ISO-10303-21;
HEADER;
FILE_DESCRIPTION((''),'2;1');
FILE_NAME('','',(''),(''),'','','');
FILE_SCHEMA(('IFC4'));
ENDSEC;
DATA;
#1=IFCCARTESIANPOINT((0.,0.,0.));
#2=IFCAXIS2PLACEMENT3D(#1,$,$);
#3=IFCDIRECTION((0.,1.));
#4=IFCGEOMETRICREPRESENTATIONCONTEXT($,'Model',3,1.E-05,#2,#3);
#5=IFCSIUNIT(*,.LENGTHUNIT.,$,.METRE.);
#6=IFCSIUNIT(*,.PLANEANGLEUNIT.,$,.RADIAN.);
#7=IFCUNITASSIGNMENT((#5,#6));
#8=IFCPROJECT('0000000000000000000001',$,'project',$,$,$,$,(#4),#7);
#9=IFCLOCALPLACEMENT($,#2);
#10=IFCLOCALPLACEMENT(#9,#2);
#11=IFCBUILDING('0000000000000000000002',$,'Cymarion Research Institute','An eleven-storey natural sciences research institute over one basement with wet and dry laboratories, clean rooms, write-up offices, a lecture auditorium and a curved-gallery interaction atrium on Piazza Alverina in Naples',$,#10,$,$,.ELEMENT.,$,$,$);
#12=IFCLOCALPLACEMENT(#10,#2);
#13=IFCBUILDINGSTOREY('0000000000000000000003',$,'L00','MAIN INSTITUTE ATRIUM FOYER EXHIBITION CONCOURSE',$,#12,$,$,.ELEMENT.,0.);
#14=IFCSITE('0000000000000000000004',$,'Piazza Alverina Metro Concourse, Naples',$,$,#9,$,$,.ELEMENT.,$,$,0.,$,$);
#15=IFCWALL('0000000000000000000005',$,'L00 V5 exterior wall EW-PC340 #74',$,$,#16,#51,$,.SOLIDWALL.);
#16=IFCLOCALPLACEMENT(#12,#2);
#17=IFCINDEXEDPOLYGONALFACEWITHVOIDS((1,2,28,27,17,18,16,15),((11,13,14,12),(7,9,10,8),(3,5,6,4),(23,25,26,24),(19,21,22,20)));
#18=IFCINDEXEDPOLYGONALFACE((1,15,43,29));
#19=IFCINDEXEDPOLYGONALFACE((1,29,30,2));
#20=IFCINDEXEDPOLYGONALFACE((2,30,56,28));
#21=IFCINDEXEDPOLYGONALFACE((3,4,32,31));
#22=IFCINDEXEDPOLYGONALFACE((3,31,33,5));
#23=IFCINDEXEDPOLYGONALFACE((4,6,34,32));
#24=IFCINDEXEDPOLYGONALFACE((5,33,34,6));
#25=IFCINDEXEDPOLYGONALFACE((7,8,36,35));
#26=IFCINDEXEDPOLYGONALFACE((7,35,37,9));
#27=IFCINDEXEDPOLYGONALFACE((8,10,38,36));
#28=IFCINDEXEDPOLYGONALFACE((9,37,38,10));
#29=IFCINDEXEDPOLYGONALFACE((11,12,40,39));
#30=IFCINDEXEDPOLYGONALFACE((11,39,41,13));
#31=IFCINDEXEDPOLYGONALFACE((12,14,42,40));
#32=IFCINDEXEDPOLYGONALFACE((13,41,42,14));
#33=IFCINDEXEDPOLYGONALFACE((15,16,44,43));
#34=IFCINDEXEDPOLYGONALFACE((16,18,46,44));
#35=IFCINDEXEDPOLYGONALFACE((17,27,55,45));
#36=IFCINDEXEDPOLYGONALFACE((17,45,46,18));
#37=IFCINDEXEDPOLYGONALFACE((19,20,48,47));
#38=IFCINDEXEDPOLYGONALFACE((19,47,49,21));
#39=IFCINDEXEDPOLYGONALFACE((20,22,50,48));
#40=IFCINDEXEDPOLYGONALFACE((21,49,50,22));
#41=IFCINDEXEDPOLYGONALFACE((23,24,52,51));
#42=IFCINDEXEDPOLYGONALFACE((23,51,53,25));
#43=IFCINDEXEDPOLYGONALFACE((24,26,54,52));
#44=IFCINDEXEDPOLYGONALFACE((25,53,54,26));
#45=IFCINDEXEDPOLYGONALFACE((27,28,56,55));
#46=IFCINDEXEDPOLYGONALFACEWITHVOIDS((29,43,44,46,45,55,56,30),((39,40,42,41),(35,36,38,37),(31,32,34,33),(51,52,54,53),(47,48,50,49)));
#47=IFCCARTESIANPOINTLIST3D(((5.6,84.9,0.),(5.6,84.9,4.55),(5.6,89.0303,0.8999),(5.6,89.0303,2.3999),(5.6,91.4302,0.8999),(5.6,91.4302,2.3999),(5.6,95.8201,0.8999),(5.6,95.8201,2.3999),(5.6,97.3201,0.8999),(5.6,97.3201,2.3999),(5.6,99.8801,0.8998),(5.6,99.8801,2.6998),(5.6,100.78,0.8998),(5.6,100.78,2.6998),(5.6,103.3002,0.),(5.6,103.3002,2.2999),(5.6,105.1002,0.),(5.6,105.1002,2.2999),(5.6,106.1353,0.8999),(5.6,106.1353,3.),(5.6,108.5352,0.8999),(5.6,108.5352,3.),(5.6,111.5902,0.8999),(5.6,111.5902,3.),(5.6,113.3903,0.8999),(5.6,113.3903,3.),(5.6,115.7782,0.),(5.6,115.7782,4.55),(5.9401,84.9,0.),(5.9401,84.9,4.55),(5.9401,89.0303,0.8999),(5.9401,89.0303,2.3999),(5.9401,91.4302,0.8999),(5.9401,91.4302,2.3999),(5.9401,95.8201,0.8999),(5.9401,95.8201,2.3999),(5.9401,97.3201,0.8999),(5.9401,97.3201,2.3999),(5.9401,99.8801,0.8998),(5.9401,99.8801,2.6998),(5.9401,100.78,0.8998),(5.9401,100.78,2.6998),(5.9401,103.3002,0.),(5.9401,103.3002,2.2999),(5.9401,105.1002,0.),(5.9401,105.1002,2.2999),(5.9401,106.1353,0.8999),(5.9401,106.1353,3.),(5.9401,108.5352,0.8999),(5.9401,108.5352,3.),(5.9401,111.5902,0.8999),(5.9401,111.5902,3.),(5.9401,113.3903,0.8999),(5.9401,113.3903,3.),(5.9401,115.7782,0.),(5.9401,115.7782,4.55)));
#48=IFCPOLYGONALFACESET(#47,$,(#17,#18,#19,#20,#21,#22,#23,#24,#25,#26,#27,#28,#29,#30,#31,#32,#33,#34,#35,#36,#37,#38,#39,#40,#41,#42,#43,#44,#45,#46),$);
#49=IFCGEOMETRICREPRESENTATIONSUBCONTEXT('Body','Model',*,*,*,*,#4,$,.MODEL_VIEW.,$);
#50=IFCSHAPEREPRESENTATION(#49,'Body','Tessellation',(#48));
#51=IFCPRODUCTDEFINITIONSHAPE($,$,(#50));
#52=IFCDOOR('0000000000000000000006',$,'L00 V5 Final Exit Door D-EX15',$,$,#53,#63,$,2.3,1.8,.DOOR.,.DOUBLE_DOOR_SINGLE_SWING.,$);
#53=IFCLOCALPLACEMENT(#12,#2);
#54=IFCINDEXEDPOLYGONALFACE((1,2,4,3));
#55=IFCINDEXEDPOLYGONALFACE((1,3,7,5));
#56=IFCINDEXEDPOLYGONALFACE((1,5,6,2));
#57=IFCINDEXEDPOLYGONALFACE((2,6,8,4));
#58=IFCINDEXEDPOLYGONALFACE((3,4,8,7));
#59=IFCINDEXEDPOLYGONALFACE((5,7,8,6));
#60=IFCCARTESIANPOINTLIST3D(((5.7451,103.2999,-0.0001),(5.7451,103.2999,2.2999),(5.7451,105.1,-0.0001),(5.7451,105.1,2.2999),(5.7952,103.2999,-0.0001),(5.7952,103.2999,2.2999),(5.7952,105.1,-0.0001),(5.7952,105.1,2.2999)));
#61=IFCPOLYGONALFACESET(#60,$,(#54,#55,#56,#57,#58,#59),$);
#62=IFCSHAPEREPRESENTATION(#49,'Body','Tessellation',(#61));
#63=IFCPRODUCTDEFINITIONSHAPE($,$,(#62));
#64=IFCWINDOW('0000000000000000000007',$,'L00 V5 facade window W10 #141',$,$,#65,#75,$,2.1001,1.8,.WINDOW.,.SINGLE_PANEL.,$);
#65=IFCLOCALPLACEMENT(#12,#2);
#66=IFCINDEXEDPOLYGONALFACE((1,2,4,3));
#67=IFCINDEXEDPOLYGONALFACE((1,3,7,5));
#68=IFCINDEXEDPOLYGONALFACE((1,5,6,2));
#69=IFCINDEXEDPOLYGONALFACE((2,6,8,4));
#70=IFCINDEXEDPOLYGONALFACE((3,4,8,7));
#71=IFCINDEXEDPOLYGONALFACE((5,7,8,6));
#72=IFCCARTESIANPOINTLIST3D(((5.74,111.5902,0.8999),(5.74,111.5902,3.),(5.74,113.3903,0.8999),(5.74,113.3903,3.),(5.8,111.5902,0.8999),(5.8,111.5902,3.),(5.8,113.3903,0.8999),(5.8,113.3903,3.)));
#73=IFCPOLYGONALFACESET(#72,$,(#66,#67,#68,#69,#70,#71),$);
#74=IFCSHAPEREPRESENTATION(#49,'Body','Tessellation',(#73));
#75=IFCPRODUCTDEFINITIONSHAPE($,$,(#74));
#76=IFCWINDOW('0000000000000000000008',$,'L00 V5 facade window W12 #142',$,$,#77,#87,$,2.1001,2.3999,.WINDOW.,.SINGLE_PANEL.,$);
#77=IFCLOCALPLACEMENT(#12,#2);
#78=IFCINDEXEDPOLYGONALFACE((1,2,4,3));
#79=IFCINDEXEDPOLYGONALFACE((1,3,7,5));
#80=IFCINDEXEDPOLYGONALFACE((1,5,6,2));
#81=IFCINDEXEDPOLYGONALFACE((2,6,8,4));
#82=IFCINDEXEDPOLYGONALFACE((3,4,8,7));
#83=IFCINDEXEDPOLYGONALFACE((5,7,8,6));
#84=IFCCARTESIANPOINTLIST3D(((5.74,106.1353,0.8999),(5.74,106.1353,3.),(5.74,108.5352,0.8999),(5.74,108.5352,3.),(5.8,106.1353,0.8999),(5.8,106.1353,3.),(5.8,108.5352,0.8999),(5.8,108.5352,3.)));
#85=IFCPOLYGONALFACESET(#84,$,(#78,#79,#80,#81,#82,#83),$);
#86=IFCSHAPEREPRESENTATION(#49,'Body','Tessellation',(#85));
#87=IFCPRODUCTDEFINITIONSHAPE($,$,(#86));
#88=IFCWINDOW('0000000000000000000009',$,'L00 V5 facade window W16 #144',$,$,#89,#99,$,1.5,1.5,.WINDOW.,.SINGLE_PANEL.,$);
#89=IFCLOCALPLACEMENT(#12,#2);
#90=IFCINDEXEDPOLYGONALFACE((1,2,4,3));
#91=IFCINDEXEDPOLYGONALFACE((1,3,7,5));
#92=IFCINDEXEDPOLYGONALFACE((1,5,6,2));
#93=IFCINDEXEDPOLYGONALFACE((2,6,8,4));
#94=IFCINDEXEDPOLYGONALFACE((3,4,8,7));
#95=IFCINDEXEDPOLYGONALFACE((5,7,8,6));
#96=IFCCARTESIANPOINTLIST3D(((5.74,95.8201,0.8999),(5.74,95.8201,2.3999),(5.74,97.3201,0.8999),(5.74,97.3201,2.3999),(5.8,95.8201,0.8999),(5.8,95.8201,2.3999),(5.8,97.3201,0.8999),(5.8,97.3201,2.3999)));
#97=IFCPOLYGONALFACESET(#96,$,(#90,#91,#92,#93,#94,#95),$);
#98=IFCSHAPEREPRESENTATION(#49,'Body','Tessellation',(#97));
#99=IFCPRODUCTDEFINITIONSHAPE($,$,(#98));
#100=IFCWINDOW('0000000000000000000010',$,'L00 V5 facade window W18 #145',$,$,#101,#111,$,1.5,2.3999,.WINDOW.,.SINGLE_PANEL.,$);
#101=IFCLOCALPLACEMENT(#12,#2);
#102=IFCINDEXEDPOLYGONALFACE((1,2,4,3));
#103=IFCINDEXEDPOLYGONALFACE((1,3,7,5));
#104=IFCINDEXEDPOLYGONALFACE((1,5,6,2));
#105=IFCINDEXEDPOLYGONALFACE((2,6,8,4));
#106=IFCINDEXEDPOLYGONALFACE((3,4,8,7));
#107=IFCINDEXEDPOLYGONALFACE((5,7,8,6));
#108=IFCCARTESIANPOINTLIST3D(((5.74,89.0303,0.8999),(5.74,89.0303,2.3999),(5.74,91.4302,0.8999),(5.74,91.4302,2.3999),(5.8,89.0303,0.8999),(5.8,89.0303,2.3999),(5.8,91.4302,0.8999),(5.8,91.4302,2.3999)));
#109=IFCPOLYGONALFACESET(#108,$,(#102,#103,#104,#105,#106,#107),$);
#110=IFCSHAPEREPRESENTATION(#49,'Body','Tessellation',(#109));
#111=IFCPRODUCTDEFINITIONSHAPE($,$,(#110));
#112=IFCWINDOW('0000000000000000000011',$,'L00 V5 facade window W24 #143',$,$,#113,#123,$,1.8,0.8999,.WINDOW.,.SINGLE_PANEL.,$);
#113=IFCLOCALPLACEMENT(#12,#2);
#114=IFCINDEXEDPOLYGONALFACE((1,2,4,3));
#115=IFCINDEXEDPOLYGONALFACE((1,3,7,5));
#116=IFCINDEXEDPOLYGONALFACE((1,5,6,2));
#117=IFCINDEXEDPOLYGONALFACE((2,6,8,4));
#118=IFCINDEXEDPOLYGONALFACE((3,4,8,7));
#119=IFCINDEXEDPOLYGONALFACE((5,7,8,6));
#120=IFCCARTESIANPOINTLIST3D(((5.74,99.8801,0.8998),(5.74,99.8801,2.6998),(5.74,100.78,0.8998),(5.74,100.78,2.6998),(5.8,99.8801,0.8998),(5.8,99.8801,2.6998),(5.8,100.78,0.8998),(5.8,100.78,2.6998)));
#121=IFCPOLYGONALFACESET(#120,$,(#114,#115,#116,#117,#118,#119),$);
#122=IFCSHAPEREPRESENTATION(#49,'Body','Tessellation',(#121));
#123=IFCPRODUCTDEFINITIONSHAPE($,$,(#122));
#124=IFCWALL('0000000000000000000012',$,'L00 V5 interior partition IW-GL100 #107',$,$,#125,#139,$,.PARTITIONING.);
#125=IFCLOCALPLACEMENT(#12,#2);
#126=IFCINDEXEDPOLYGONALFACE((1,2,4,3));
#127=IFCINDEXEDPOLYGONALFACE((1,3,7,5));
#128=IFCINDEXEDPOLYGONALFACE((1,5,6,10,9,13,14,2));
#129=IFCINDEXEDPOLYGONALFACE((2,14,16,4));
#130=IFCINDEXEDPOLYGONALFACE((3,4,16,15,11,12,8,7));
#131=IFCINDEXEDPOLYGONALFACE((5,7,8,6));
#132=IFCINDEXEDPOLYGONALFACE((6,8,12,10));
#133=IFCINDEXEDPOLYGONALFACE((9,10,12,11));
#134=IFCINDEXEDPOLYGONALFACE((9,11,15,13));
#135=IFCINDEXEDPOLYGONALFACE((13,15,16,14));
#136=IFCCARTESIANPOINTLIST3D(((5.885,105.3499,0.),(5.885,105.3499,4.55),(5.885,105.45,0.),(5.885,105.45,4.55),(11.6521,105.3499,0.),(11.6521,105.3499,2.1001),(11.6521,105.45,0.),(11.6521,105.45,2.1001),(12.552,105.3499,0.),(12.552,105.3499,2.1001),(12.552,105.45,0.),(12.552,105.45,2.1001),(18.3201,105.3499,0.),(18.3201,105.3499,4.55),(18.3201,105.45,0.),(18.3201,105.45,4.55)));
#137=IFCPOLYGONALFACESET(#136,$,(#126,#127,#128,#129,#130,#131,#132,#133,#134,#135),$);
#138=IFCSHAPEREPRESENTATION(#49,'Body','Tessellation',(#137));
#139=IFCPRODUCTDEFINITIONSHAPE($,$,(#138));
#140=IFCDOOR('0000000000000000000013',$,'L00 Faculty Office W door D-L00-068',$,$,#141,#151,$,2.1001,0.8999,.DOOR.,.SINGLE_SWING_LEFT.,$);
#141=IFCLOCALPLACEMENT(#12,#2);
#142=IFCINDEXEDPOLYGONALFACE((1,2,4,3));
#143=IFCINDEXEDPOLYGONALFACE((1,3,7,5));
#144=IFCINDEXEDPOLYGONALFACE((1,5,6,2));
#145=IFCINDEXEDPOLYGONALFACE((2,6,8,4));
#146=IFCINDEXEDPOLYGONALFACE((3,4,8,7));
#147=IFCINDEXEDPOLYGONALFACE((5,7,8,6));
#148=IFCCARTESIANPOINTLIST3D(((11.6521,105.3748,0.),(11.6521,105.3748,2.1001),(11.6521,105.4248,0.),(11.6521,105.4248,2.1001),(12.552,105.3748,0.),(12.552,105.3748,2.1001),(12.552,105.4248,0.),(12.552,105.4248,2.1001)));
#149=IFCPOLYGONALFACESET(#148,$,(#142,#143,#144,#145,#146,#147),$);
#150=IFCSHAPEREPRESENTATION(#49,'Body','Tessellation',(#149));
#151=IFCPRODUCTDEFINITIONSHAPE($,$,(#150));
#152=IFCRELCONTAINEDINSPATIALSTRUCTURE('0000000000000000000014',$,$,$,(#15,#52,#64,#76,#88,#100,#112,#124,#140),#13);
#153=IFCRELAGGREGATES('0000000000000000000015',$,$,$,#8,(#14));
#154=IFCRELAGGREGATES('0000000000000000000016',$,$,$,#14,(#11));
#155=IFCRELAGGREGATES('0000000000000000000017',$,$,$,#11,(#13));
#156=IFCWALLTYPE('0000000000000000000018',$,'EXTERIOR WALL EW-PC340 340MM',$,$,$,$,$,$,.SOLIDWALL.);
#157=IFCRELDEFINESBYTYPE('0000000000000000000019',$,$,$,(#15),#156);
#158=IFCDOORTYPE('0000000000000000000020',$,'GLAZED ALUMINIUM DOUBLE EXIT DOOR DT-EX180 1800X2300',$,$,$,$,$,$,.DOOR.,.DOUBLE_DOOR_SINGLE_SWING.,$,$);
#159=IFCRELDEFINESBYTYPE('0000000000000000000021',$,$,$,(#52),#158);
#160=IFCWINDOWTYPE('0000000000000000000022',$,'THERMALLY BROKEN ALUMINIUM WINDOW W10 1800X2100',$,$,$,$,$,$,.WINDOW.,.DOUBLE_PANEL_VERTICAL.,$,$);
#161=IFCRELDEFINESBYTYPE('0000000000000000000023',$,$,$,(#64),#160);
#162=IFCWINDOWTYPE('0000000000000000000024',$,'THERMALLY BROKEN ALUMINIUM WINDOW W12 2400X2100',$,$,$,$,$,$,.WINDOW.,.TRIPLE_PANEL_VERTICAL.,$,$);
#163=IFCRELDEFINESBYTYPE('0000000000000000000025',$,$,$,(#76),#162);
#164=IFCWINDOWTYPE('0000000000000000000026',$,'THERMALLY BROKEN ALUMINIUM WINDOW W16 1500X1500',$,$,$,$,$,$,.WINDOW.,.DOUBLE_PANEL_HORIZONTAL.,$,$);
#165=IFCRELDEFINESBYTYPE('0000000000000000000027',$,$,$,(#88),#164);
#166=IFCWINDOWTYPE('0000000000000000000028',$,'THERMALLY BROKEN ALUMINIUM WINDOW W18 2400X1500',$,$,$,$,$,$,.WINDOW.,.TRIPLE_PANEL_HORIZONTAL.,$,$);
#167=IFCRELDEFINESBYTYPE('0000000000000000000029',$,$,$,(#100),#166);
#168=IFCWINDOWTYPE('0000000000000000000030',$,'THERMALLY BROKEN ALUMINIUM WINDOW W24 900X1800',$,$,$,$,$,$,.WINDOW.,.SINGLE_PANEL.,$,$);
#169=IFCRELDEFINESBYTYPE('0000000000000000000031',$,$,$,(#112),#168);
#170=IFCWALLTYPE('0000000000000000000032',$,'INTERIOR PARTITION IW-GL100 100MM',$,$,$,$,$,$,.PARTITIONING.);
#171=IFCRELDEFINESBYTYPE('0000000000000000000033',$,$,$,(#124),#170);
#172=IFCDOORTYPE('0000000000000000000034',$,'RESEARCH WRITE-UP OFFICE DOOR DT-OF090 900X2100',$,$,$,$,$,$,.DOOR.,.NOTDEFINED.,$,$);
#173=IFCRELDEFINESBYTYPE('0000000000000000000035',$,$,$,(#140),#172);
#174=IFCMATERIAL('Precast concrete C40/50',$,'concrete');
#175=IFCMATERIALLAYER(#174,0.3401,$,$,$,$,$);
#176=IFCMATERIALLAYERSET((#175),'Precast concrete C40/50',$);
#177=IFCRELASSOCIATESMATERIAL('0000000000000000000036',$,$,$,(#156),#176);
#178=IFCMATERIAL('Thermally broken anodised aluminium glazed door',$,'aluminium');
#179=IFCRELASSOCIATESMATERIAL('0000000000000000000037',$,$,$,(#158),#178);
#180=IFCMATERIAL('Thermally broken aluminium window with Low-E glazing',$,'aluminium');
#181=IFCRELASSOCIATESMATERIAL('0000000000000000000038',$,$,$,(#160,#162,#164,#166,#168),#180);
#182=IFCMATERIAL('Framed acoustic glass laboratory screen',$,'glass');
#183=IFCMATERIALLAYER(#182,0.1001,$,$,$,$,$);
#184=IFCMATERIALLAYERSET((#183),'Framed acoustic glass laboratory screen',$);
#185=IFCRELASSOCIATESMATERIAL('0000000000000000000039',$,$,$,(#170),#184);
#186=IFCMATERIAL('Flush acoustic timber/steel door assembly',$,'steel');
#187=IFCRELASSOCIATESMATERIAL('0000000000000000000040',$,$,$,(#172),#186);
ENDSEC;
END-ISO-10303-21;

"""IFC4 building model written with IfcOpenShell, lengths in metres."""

from ifc_helpers import new_model, si_unit, direction, frame, frame_2d, origin, place, context, subcontext, project, spatial, rectangle, extrude, material, layer, layer_set, type_object, element, fill, save


model = new_model("IFC4")

# Units and contexts
model_context = context("Model", 3, precision=1e-05, world=origin(), true_north=direction((0.0, 1.0)))
body_context = subcontext(model_context, "Body", "Model", "MODEL_VIEW")
ifc_project = project(units=[si_unit("LENGTHUNIT", "METRE"), si_unit("PLANEANGLEUNIT", "RADIAN")], contexts=[model_context])

# Site, building, storey
site_placement = place(None, origin())
site = spatial("IfcSite", under=ifc_project, at=site_placement, Name="Piazza Alverina Metro Concourse, Naples", CompositionType="ELEMENT", RefElevation=0.0)
building_placement = place(site_placement, origin())
building = spatial("IfcBuilding", under=site, at=building_placement, Name="Cymarion Research Institute", Description="An eleven-storey natural sciences research institute over one basement with wet and dry laboratories, clean rooms, write-up offices, a lecture auditorium and a curved-gallery interaction atrium on Piazza Alverina in Naples", CompositionType="ELEMENT")
storey_placement = place(building_placement, origin())
storey = spatial("IfcBuildingStorey", under=building, at=storey_placement, Name="L00", Description="MAIN INSTITUTE ATRIUM FOYER EXHIBITION CONCOURSE", CompositionType="ELEMENT", Elevation=0.0)

# Wall, openings, door, windows
ifc_material_1 = material(Name="Precast concrete C40/50", Category="concrete")
ifc_layer_1 = layer(ifc_material_1, 0.3401)
ifc_layer_set_1 = layer_set([ifc_layer_1], Name="Precast concrete C40/50")
wall_type_1 = type_object("IfcWallType", Name="EXTERIOR WALL EW-PC340 340MM", PredefinedType="SOLIDWALL", material=ifc_layer_set_1)
wall_1_placement = place(storey_placement, frame((5.77, 115.7781, 0.0), z_axis=(0.0, 0.0, 1.0), x_axis=(0.0, -1.0, 0.0)))
wall_1 = element("IfcWall", 1, at=wall_1_placement, inside=storey, type_object=wall_type_1, Name="L00 V5 exterior wall EW-PC340 #74", PredefinedType="SOLIDWALL", context=body_context, shape_type="SweptSolid", body=[
    extrude(rectangle(XDim=30.8782, YDim=0.3401, at=frame_2d((15.439, 0.0))), origin(), (0.0, 0.0, 1.0), 4.55),
])
opening_1_placement = place(wall_1_placement, frame((10.678, 0.0, 0.0)))
opening_1 = element("IfcOpeningElement", 2, at=opening_1_placement, cuts=wall_1, PredefinedType="OPENING", context=body_context, shape_type="SweptSolid", body=[
    extrude(rectangle(XDim=1.8, YDim=2.3, at=frame_2d((0.8999, 1.1499))), frame((0.0, 0.1799, 0.0), z_axis=(0.0, -1.0, 0.0), x_axis=(1.0, 0.0, 0.0)), (0.0, 0.0, 1.0), 0.3601),
])
opening_2_placement = place(wall_1_placement, frame((2.3879, 0.0, 0.8999)))
opening_2 = element("IfcOpeningElement", 3, at=opening_2_placement, cuts=wall_1, PredefinedType="OPENING", context=body_context, shape_type="SweptSolid", body=[
    extrude(rectangle(XDim=1.8, YDim=2.1001, at=frame_2d((0.8999, 1.05))), frame((0.0, 0.1799, 0.0), z_axis=(0.0, -1.0, 0.0), x_axis=(1.0, 0.0, 0.0)), (0.0, 0.0, 1.0), 0.3601),
])
opening_3_placement = place(wall_1_placement, frame((7.2429, 0.0, 0.8999)))
opening_3 = element("IfcOpeningElement", 4, at=opening_3_placement, cuts=wall_1, PredefinedType="OPENING", context=body_context, shape_type="SweptSolid", body=[
    extrude(rectangle(XDim=2.3999, YDim=2.1001, at=frame_2d((1.2, 1.05))), frame((0.0, 0.1799, 0.0), z_axis=(0.0, -1.0, 0.0), x_axis=(1.0, 0.0, 0.0)), (0.0, 0.0, 1.0), 0.3601),
])
opening_4_placement = place(wall_1_placement, frame((14.998, 0.0, 0.8999)))
opening_4 = element("IfcOpeningElement", 5, at=opening_4_placement, cuts=wall_1, PredefinedType="OPENING", context=body_context, shape_type="SweptSolid", body=[
    extrude(rectangle(XDim=0.8999, YDim=1.8, at=frame_2d((0.45, 0.8999))), frame((0.0, 0.1799, 0.0), z_axis=(0.0, -1.0, 0.0), x_axis=(1.0, 0.0, 0.0)), (0.0, 0.0, 1.0), 0.3601),
])
opening_5_placement = place(wall_1_placement, frame((18.458, 0.0, 0.8999)))
opening_5 = element("IfcOpeningElement", 6, at=opening_5_placement, cuts=wall_1, PredefinedType="OPENING", context=body_context, shape_type="SweptSolid", body=[
    extrude(rectangle(XDim=1.5, YDim=1.5, at=frame_2d((0.75, 0.75))), frame((0.0, 0.1799, 0.0), z_axis=(0.0, -1.0, 0.0), x_axis=(1.0, 0.0, 0.0)), (0.0, 0.0, 1.0), 0.3601),
])
opening_6_placement = place(wall_1_placement, frame((24.3479, 0.0, 0.8999)))
opening_6 = element("IfcOpeningElement", 7, at=opening_6_placement, cuts=wall_1, PredefinedType="OPENING", context=body_context, shape_type="SweptSolid", body=[
    extrude(rectangle(XDim=2.3999, YDim=1.5, at=frame_2d((1.2, 0.75))), frame((0.0, 0.1799, 0.0), z_axis=(0.0, -1.0, 0.0), x_axis=(1.0, 0.0, 0.0)), (0.0, 0.0, 1.0), 0.3601),
])
ifc_material_2 = material(Name="Thermally broken anodised aluminium glazed door", Category="aluminium")
door_type_1 = type_object("IfcDoorType", Name="GLAZED ALUMINIUM DOUBLE EXIT DOOR DT-EX180 1800X2300", OperationType="DOUBLE_DOOR_SINGLE_SWING", PredefinedType="DOOR", material=ifc_material_2)
door_1_placement = place(opening_1_placement, frame((1.8, 0.0, 0.0), z_axis=(0.0, 0.0, 1.0), x_axis=(-1.0, 0.0, 0.0)))
door_1 = element("IfcDoor", 8, at=door_1_placement, inside=storey, type_object=door_type_1, Name="L00 V5 Final Exit Door D-EX15", OperationType="DOUBLE_DOOR_SINGLE_SWING", OverallHeight=2.3, OverallWidth=1.8, PredefinedType="DOOR", context=body_context, shape_type="SweptSolid", body=[
    extrude(rectangle(XDim=1.8, YDim=2.3, at=frame_2d((0.8999, 1.1499))), frame((0.0, 0.0249, 0.0), z_axis=(0.0, -1.0, 0.0), x_axis=(1.0, 0.0, 0.0)), (0.0, 0.0, 1.0), 0.05),
])
fill(opening_1, door_1)
ifc_material_3 = material(Name="Thermally broken aluminium window with Low-E glazing", Category="aluminium")
window_type_1 = type_object("IfcWindowType", Name="THERMALLY BROKEN ALUMINIUM WINDOW W10 1800X2100", PartitioningType="DOUBLE_PANEL_VERTICAL", PredefinedType="WINDOW", material=ifc_material_3)
window_1_placement = place(opening_2_placement, origin())
window_1 = element("IfcWindow", 9, at=window_1_placement, inside=storey, type_object=window_type_1, Name="L00 V5 facade window W10 #141", OverallHeight=2.1001, OverallWidth=1.8, PartitioningType="SINGLE_PANEL", PredefinedType="WINDOW", context=body_context, shape_type="SweptSolid", body=[
    extrude(rectangle(XDim=1.8, YDim=2.1001, at=frame_2d((0.8999, 1.05))), frame((0.0, 0.03, 0.0), z_axis=(0.0, -1.0, 0.0), x_axis=(1.0, 0.0, 0.0)), (0.0, 0.0, 1.0), 0.0601),
])
fill(opening_2, window_1)
window_type_2 = type_object("IfcWindowType", Name="THERMALLY BROKEN ALUMINIUM WINDOW W12 2400X2100", PartitioningType="TRIPLE_PANEL_VERTICAL", PredefinedType="WINDOW", material=ifc_material_3)
window_2_placement = place(opening_3_placement, origin())
window_2 = element("IfcWindow", 10, at=window_2_placement, inside=storey, type_object=window_type_2, Name="L00 V5 facade window W12 #142", OverallHeight=2.1001, OverallWidth=2.3999, PartitioningType="SINGLE_PANEL", PredefinedType="WINDOW", context=body_context, shape_type="SweptSolid", body=[
    extrude(rectangle(XDim=2.3999, YDim=2.1001, at=frame_2d((1.2, 1.05))), frame((0.0, 0.03, 0.0), z_axis=(0.0, -1.0, 0.0), x_axis=(1.0, 0.0, 0.0)), (0.0, 0.0, 1.0), 0.0601),
])
fill(opening_3, window_2)
window_type_3 = type_object("IfcWindowType", Name="THERMALLY BROKEN ALUMINIUM WINDOW W16 1500X1500", PartitioningType="DOUBLE_PANEL_HORIZONTAL", PredefinedType="WINDOW", material=ifc_material_3)
window_3_placement = place(opening_5_placement, origin())
window_3 = element("IfcWindow", 11, at=window_3_placement, inside=storey, type_object=window_type_3, Name="L00 V5 facade window W16 #144", OverallHeight=1.5, OverallWidth=1.5, PartitioningType="SINGLE_PANEL", PredefinedType="WINDOW", context=body_context, shape_type="SweptSolid", body=[
    extrude(rectangle(XDim=1.5, YDim=1.5, at=frame_2d((0.75, 0.75))), frame((0.0, 0.03, 0.0), z_axis=(0.0, -1.0, 0.0), x_axis=(1.0, 0.0, 0.0)), (0.0, 0.0, 1.0), 0.0601),
])
fill(opening_5, window_3)
window_type_4 = type_object("IfcWindowType", Name="THERMALLY BROKEN ALUMINIUM WINDOW W18 2400X1500", PartitioningType="TRIPLE_PANEL_HORIZONTAL", PredefinedType="WINDOW", material=ifc_material_3)
window_4_placement = place(opening_6_placement, origin())
window_4 = element("IfcWindow", 12, at=window_4_placement, inside=storey, type_object=window_type_4, Name="L00 V5 facade window W18 #145", OverallHeight=1.5, OverallWidth=2.3999, PartitioningType="SINGLE_PANEL", PredefinedType="WINDOW", context=body_context, shape_type="SweptSolid", body=[
    extrude(rectangle(XDim=2.3999, YDim=1.5, at=frame_2d((1.2, 0.75))), frame((0.0, 0.03, 0.0), z_axis=(0.0, -1.0, 0.0), x_axis=(1.0, 0.0, 0.0)), (0.0, 0.0, 1.0), 0.0601),
])
fill(opening_6, window_4)
window_type_5 = type_object("IfcWindowType", Name="THERMALLY BROKEN ALUMINIUM WINDOW W24 900X1800", PartitioningType="SINGLE_PANEL", PredefinedType="WINDOW", material=ifc_material_3)
window_5_placement = place(opening_4_placement, origin())
window_5 = element("IfcWindow", 13, at=window_5_placement, inside=storey, type_object=window_type_5, Name="L00 V5 facade window W24 #143", OverallHeight=1.8, OverallWidth=0.8999, PartitioningType="SINGLE_PANEL", PredefinedType="WINDOW", context=body_context, shape_type="SweptSolid", body=[
    extrude(rectangle(XDim=0.8999, YDim=1.8, at=frame_2d((0.45, 0.8999))), frame((0.0, 0.03, 0.0), z_axis=(0.0, -1.0, 0.0), x_axis=(1.0, 0.0, 0.0)), (0.0, 0.0, 1.0), 0.0601),
])
fill(opening_4, window_5)

# Wall, opening, door
ifc_material_4 = material(Name="Framed acoustic glass laboratory screen", Category="glass")
ifc_layer_2 = layer(ifc_material_4, 0.1001)
ifc_layer_set_2 = layer_set([ifc_layer_2], Name="Framed acoustic glass laboratory screen")
wall_type_2 = type_object("IfcWallType", Name="INTERIOR PARTITION IW-GL100 100MM", PredefinedType="PARTITIONING", material=ifc_layer_set_2)
wall_2_placement = place(storey_placement, frame((5.885, 105.3999, 0.0), z_axis=(0.0, 0.0, 1.0), x_axis=(1.0, 0.0, 0.0)))
wall_2 = element("IfcWall", 14, at=wall_2_placement, inside=storey, type_object=wall_type_2, Name="L00 V5 interior partition IW-GL100 #107", PredefinedType="PARTITIONING", context=body_context, shape_type="SweptSolid", body=[
    extrude(rectangle(XDim=12.4351, YDim=0.1001, at=frame_2d((6.2175, 0.0))), origin(), (0.0, 0.0, 1.0), 4.55),
])
opening_7_placement = place(wall_2_placement, frame((5.7671, 0.0, 0.0)))
opening_7 = element("IfcOpeningElement", 15, at=opening_7_placement, cuts=wall_2, PredefinedType="OPENING", context=body_context, shape_type="SweptSolid", body=[
    extrude(rectangle(XDim=0.8999, YDim=2.1001, at=frame_2d((0.45, 1.05))), frame((0.0, 0.0601, 0.0), z_axis=(0.0, -1.0, 0.0), x_axis=(1.0, 0.0, 0.0)), (0.0, 0.0, 1.0), 0.1201),
])
ifc_material_5 = material(Name="Flush acoustic timber/steel door assembly", Category="steel")
door_type_2 = type_object("IfcDoorType", Name="RESEARCH WRITE-UP OFFICE DOOR DT-OF090 900X2100", OperationType="NOTDEFINED", PredefinedType="DOOR", material=ifc_material_5)
door_2_placement = place(opening_7_placement, origin())
door_2 = element("IfcDoor", 16, at=door_2_placement, inside=storey, type_object=door_type_2, Name="L00 Faculty Office W door D-L00-068", OperationType="SINGLE_SWING_LEFT", OverallHeight=2.1001, OverallWidth=0.8999, PredefinedType="DOOR", context=body_context, shape_type="SweptSolid", body=[
    extrude(rectangle(XDim=0.8999, YDim=2.1001, at=frame_2d((0.45, 1.05))), frame((0.0, 0.0249, 0.0), z_axis=(0.0, -1.0, 0.0), x_axis=(1.0, 0.0, 0.0)), (0.0, 0.0, 1.0), 0.05),
])
fill(opening_7, door_2)

save(model, "model.ifc")
